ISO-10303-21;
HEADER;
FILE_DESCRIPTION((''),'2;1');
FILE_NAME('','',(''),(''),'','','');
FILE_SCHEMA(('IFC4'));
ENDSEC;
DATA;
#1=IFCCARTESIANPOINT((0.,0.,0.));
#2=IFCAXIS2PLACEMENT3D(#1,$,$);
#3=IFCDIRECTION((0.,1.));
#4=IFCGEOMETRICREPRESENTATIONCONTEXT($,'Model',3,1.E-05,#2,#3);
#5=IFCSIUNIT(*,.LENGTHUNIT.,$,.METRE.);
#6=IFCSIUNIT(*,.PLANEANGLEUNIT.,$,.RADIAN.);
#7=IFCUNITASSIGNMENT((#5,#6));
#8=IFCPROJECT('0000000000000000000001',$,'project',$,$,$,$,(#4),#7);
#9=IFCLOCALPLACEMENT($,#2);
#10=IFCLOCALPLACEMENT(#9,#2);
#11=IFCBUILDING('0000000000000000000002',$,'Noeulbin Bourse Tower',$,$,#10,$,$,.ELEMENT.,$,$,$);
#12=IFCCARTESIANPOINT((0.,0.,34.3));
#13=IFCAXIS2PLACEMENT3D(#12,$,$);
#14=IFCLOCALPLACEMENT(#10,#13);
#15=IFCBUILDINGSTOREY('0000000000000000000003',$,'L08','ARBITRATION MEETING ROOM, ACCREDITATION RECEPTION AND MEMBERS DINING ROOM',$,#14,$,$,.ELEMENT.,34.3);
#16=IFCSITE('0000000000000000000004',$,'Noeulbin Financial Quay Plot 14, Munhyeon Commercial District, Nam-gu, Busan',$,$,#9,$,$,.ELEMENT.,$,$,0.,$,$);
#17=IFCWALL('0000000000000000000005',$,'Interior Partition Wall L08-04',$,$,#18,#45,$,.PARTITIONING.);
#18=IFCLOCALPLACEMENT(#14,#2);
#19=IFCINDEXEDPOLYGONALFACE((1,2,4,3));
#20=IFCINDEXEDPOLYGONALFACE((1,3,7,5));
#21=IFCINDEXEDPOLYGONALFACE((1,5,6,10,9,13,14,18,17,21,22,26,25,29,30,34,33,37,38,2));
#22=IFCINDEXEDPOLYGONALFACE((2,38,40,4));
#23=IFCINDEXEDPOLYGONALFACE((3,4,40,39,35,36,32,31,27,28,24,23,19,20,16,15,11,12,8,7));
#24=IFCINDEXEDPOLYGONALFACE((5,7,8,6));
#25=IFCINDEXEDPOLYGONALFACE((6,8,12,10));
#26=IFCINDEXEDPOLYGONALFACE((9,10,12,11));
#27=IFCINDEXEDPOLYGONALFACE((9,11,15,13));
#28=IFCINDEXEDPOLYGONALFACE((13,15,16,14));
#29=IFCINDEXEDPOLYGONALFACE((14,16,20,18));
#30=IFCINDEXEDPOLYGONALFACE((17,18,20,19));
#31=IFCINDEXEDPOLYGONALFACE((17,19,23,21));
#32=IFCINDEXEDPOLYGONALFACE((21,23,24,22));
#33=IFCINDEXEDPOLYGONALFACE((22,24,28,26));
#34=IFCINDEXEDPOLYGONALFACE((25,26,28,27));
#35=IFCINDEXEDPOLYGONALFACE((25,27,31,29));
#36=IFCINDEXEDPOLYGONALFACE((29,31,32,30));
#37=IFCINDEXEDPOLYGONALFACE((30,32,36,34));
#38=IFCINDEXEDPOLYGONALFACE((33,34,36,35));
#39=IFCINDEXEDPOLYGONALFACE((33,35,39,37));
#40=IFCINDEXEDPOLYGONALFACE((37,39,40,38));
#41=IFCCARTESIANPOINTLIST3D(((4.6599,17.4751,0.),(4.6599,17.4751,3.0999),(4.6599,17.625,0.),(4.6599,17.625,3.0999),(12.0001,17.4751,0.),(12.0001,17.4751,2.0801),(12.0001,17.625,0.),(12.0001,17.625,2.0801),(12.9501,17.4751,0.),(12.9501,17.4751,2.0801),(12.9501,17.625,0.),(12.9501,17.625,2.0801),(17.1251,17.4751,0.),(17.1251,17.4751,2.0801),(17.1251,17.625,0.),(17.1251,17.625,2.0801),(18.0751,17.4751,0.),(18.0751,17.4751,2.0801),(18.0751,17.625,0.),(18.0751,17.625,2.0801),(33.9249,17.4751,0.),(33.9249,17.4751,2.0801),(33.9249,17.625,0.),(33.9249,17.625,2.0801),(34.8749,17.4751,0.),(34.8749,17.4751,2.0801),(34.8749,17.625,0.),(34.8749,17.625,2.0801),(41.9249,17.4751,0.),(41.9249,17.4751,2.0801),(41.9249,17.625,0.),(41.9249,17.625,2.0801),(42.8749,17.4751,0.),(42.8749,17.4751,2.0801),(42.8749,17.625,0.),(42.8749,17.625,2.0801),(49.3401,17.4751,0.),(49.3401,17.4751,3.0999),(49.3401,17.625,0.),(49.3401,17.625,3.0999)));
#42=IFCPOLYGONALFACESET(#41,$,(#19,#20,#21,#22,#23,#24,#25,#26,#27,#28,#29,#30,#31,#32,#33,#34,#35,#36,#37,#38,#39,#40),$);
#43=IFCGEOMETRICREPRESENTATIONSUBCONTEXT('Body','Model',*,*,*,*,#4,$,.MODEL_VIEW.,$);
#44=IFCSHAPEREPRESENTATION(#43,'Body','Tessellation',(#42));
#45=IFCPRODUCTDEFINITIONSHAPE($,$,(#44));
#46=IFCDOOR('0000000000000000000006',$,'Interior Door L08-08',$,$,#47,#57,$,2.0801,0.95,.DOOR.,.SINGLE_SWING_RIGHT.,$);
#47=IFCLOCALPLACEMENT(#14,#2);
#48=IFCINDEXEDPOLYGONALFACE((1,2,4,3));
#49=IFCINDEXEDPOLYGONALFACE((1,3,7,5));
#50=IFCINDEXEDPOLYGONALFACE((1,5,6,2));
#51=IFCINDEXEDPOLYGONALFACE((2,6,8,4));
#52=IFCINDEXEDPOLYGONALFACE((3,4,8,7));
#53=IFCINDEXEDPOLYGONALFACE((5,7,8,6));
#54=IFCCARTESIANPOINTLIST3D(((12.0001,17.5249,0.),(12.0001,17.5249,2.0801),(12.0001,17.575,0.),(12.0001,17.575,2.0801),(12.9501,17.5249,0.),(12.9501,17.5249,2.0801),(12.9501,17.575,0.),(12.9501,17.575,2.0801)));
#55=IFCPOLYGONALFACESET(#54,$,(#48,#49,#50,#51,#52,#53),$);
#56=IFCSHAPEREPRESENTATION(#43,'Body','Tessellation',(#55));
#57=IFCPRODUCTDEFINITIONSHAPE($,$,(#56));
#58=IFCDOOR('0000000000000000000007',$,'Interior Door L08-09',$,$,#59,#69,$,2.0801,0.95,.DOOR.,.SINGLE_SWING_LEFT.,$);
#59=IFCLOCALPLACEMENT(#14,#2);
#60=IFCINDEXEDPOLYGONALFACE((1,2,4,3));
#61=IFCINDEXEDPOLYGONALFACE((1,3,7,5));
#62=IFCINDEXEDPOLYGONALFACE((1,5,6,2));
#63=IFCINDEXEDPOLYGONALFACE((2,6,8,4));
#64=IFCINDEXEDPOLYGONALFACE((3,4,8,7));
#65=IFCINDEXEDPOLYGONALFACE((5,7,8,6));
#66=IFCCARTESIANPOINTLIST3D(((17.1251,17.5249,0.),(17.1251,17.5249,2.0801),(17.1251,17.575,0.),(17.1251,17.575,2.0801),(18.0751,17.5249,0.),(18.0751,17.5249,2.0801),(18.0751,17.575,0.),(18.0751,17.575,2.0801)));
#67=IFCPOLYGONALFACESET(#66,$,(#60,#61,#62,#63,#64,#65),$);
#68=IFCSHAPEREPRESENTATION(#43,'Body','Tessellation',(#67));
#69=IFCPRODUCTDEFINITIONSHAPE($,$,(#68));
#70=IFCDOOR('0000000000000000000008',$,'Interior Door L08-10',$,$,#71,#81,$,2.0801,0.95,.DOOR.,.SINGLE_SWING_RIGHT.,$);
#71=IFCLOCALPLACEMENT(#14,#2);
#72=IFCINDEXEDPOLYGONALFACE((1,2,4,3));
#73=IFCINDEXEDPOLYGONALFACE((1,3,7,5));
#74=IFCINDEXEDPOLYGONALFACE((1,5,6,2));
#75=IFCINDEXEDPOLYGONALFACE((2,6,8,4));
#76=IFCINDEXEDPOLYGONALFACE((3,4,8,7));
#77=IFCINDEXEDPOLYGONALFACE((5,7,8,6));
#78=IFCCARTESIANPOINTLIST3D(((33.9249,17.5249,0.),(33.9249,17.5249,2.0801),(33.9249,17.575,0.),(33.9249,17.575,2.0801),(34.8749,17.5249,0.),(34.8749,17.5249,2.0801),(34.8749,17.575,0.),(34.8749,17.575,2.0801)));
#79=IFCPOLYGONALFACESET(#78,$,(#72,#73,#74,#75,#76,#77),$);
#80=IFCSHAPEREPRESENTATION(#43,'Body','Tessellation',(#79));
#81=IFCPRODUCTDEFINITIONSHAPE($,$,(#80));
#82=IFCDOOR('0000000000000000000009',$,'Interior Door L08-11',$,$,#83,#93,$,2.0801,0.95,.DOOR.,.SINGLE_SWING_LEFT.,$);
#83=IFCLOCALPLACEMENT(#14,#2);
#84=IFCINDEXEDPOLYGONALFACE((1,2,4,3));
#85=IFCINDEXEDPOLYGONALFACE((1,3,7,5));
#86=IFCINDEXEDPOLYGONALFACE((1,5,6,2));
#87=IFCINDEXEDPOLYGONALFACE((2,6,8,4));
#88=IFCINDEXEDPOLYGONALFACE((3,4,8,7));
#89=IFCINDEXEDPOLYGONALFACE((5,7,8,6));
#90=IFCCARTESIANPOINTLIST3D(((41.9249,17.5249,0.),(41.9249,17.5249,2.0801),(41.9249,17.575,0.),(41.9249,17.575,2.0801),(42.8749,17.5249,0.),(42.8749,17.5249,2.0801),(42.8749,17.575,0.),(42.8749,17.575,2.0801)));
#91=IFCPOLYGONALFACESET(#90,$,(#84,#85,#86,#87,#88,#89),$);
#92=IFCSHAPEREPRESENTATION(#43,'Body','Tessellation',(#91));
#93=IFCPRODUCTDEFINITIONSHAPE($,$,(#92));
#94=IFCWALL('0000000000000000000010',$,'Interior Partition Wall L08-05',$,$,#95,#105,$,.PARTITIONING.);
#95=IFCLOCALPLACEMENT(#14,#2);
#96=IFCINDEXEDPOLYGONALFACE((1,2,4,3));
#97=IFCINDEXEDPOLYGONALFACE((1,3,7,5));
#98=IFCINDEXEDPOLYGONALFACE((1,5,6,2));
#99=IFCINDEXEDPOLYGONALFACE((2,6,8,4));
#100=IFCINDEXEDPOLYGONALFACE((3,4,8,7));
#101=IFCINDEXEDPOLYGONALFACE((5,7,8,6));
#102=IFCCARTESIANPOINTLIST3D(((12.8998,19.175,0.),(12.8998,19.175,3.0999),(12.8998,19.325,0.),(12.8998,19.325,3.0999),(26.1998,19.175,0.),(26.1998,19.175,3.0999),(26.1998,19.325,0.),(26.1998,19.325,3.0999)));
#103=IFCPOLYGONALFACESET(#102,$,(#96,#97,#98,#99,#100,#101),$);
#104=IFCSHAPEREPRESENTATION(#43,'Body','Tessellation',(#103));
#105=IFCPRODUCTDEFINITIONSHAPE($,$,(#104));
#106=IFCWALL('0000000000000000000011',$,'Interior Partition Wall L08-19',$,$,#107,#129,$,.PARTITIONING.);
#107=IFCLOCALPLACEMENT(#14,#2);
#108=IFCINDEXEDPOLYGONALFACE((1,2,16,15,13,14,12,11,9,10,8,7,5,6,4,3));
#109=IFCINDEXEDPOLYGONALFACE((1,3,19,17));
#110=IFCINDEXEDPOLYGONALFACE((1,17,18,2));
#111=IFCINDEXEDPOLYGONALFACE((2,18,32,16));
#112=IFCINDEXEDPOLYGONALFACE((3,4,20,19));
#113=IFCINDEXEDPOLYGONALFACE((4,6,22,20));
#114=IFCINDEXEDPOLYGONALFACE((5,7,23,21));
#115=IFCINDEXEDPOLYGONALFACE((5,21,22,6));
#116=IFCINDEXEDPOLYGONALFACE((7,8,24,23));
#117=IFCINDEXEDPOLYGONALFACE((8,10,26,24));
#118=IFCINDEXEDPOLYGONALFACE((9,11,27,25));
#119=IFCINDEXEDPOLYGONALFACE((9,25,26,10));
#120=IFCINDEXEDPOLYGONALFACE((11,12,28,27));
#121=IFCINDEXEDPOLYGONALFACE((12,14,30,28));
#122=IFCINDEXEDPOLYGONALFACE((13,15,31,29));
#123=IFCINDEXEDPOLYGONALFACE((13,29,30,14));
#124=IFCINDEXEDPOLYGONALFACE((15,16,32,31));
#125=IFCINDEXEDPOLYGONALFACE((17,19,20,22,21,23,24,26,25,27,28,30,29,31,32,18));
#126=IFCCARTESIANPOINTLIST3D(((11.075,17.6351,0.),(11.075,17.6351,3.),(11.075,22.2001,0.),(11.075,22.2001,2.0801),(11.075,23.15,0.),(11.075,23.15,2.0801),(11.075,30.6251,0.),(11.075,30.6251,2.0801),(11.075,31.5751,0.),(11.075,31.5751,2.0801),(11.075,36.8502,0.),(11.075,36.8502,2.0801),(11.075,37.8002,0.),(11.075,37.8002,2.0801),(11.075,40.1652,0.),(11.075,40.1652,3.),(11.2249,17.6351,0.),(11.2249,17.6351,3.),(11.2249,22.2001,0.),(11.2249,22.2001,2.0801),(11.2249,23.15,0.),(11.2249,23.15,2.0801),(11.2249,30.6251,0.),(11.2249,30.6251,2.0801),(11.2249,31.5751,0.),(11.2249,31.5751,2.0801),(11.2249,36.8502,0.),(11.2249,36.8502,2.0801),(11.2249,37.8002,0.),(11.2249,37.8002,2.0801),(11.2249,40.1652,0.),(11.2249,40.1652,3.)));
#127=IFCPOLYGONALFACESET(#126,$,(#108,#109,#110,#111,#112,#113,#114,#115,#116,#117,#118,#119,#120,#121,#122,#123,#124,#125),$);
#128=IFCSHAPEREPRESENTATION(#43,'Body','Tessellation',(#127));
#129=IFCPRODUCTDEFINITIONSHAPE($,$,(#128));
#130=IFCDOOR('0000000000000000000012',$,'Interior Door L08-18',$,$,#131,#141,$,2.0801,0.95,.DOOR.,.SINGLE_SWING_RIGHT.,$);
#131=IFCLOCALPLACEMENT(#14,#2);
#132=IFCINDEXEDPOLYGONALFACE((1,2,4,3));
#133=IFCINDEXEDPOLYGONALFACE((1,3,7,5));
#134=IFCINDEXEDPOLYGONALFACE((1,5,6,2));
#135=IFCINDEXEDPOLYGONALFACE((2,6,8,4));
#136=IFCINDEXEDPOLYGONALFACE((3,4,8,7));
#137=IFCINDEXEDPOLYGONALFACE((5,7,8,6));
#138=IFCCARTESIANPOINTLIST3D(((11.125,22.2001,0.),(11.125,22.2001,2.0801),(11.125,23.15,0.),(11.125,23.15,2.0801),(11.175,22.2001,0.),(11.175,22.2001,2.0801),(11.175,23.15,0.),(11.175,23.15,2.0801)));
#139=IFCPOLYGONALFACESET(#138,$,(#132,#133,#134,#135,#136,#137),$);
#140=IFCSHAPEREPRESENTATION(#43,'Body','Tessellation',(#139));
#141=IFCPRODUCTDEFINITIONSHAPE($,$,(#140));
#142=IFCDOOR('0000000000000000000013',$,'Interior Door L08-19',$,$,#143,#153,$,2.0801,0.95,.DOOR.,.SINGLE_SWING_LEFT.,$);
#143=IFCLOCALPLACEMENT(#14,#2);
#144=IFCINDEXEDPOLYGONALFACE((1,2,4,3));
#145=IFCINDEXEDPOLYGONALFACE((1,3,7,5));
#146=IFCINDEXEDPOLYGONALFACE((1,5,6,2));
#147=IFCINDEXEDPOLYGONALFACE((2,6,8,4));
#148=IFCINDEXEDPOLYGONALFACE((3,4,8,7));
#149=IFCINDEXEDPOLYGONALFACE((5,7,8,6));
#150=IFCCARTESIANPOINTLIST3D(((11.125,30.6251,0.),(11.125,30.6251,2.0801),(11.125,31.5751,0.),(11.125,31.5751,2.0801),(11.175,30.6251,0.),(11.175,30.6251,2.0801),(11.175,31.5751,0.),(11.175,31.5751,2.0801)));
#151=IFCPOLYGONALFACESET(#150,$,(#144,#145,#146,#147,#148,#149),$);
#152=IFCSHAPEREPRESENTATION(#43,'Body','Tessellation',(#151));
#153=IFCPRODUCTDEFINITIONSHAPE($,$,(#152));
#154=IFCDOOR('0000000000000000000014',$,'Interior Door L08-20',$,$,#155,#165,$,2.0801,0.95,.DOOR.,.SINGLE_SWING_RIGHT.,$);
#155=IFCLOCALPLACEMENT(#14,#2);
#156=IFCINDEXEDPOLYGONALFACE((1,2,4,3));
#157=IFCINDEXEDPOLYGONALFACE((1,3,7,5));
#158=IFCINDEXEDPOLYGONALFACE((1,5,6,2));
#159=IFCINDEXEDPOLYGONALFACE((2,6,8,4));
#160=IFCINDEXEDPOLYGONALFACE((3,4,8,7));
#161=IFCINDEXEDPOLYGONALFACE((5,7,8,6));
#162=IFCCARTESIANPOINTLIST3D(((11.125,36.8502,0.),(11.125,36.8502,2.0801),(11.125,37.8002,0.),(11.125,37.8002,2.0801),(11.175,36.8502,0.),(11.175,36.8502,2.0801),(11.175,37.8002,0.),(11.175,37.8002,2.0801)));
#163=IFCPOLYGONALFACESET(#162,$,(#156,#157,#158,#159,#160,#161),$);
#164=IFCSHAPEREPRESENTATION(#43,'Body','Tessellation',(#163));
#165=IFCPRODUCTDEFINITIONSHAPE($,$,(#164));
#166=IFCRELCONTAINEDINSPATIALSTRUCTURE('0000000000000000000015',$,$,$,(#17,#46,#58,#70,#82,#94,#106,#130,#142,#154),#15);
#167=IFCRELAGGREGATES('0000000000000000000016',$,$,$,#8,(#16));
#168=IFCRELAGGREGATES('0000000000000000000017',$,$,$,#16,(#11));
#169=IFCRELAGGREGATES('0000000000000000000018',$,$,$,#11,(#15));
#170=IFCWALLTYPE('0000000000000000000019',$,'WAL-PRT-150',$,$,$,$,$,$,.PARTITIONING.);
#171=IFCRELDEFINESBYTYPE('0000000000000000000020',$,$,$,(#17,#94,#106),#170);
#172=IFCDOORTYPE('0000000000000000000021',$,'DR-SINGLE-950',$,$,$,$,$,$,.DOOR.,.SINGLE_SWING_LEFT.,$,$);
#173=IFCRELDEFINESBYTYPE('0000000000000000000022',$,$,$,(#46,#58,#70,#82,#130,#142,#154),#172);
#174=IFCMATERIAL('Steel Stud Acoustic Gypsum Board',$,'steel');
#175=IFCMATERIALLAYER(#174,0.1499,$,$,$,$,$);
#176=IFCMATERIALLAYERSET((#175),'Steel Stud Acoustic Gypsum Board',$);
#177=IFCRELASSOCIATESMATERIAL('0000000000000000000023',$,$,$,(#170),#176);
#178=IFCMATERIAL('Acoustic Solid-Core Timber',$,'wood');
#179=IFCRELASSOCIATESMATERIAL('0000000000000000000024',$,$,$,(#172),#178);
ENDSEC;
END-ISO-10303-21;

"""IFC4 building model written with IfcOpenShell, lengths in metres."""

from ifc_helpers import new_model, si_unit, direction, frame, frame_2d, origin, place, context, subcontext, project, spatial, rectangle, extrude, material, layer, layer_set, type_object, element, fill, save


model = new_model("IFC4")

# Units and contexts
model_context = context("Model", 3, precision=1e-05, world=origin(), true_north=direction((0.0, 1.0)))
body_context = subcontext(model_context, "Body", "Model", "MODEL_VIEW")
ifc_project = project(units=[si_unit("LENGTHUNIT", "METRE"), si_unit("PLANEANGLEUNIT", "RADIAN")], contexts=[model_context])

# Site, building, storey
site_placement = place(None, origin())
site = spatial("IfcSite", under=ifc_project, at=site_placement, Name="Noeulbin Financial Quay Plot 14, Munhyeon Commercial District, Nam-gu, Busan", CompositionType="ELEMENT", RefElevation=0.0)
building_placement = place(site_placement, origin())
building = spatial("IfcBuilding", under=site, at=building_placement, Name="Noeulbin Bourse Tower", CompositionType="ELEMENT")
storey_placement = place(building_placement, frame((0.0, 0.0, 34.3)))
storey = spatial("IfcBuildingStorey", under=building, at=storey_placement, Name="L08", Description="ARBITRATION MEETING ROOM, ACCREDITATION RECEPTION AND MEMBERS DINING ROOM", CompositionType="ELEMENT", Elevation=34.3)

# Wall, openings, doors
ifc_material_1 = material(Name="Steel Stud Acoustic Gypsum Board", Category="steel")
ifc_layer_1 = layer(ifc_material_1, 0.1499)
ifc_layer_set_1 = layer_set([ifc_layer_1], Name="Steel Stud Acoustic Gypsum Board")
wall_type = type_object("IfcWallType", Name="WAL-PRT-150", PredefinedType="PARTITIONING", material=ifc_layer_set_1)
wall_1_placement = place(storey_placement, frame((4.6599, 17.55, 0.0), z_axis=(0.0, 0.0, 1.0), x_axis=(1.0, 0.0, 0.0)))
wall_1 = element("IfcWall", 1, at=wall_1_placement, inside=storey, type_object=wall_type, Name="Interior Partition Wall L08-04", PredefinedType="PARTITIONING", context=body_context, shape_type="SweptSolid", body=[
    extrude(rectangle(XDim=44.6802, YDim=0.1499, at=frame_2d((22.3401, 0.0))), origin(), (0.0, 0.0, 1.0), 3.0999),
])
opening_1_placement = place(wall_1_placement, frame((7.3401, 0.0, 0.0)))
opening_1 = element("IfcOpeningElement", 2, at=opening_1_placement, cuts=wall_1, PredefinedType="OPENING", context=body_context, shape_type="SweptSolid", body=[
    extrude(rectangle(XDim=0.95, YDim=2.0801, at=frame_2d((0.4751, 1.04))), frame((0.0, 0.085, 0.0), z_axis=(0.0, -1.0, 0.0), x_axis=(1.0, 0.0, 0.0)), (0.0, 0.0, 1.0), 0.1699),
])
opening_2_placement = place(wall_1_placement, frame((12.4651, 0.0, 0.0)))
opening_2 = element("IfcOpeningElement", 3, at=opening_2_placement, cuts=wall_1, PredefinedType="OPENING", context=body_context, shape_type="SweptSolid", body=[
    extrude(rectangle(XDim=0.95, YDim=2.0801, at=frame_2d((0.4751, 1.04))), frame((0.0, 0.085, 0.0), z_axis=(0.0, -1.0, 0.0), x_axis=(1.0, 0.0, 0.0)), (0.0, 0.0, 1.0), 0.1699),
])
opening_3_placement = place(wall_1_placement, frame((29.2649, 0.0, 0.0)))
opening_3 = element("IfcOpeningElement", 4, at=opening_3_placement, cuts=wall_1, PredefinedType="OPENING", context=body_context, shape_type="SweptSolid", body=[
    extrude(rectangle(XDim=0.95, YDim=2.0801, at=frame_2d((0.4751, 1.04))), frame((0.0, 0.085, 0.0), z_axis=(0.0, -1.0, 0.0), x_axis=(1.0, 0.0, 0.0)), (0.0, 0.0, 1.0), 0.1699),
])
opening_4_placement = place(wall_1_placement, frame((37.2649, 0.0, 0.0)))
opening_4 = element("IfcOpeningElement", 5, at=opening_4_placement, cuts=wall_1, PredefinedType="OPENING", context=body_context, shape_type="SweptSolid", body=[
    extrude(rectangle(XDim=0.95, YDim=2.0801, at=frame_2d((0.4751, 1.04))), frame((0.0, 0.085, 0.0), z_axis=(0.0, -1.0, 0.0), x_axis=(1.0, 0.0, 0.0)), (0.0, 0.0, 1.0), 0.1699),
])
ifc_material_2 = material(Name="Acoustic Solid-Core Timber", Category="wood")
door_type = type_object("IfcDoorType", Name="DR-SINGLE-950", OperationType="SINGLE_SWING_LEFT", PredefinedType="DOOR", material=ifc_material_2)
door_1_placement = place(opening_1_placement, origin())
door_1 = element("IfcDoor", 6, at=door_1_placement, inside=storey, type_object=door_type, Name="Interior Door L08-08", OperationType="SINGLE_SWING_RIGHT", OverallHeight=2.0801, OverallWidth=0.95, PredefinedType="DOOR", context=body_context, shape_type="SweptSolid", body=[
    extrude(rectangle(XDim=0.95, YDim=2.0801, at=frame_2d((0.4751, 1.04))), frame((0.0, 0.0249, 0.0), z_axis=(0.0, -1.0, 0.0), x_axis=(1.0, 0.0, 0.0)), (0.0, 0.0, 1.0), 0.05),
])
fill(opening_1, door_1)
door_2_placement = place(opening_2_placement, origin())
door_2 = element("IfcDoor", 7, at=door_2_placement, inside=storey, type_object=door_type, Name="Interior Door L08-09", OperationType="SINGLE_SWING_LEFT", OverallHeight=2.0801, OverallWidth=0.95, PredefinedType="DOOR", context=body_context, shape_type="SweptSolid", body=[
    extrude(rectangle(XDim=0.95, YDim=2.0801, at=frame_2d((0.4751, 1.04))), frame((0.0, 0.0249, 0.0), z_axis=(0.0, -1.0, 0.0), x_axis=(1.0, 0.0, 0.0)), (0.0, 0.0, 1.0), 0.05),
])
fill(opening_2, door_2)
door_3_placement = place(opening_3_placement, origin())
door_3 = element("IfcDoor", 8, at=door_3_placement, inside=storey, type_object=door_type, Name="Interior Door L08-10", OperationType="SINGLE_SWING_RIGHT", OverallHeight=2.0801, OverallWidth=0.95, PredefinedType="DOOR", context=body_context, shape_type="SweptSolid", body=[
    extrude(rectangle(XDim=0.95, YDim=2.0801, at=frame_2d((0.4751, 1.04))), frame((0.0, 0.0249, 0.0), z_axis=(0.0, -1.0, 0.0), x_axis=(1.0, 0.0, 0.0)), (0.0, 0.0, 1.0), 0.05),
])
fill(opening_3, door_3)
door_4_placement = place(opening_4_placement, origin())
door_4 = element("IfcDoor", 9, at=door_4_placement, inside=storey, type_object=door_type, Name="Interior Door L08-11", OperationType="SINGLE_SWING_LEFT", OverallHeight=2.0801, OverallWidth=0.95, PredefinedType="DOOR", context=body_context, shape_type="SweptSolid", body=[
    extrude(rectangle(XDim=0.95, YDim=2.0801, at=frame_2d((0.4751, 1.04))), frame((0.0, 0.0249, 0.0), z_axis=(0.0, -1.0, 0.0), x_axis=(1.0, 0.0, 0.0)), (0.0, 0.0, 1.0), 0.05),
])
fill(opening_4, door_4)

# Wall
wall_2_placement = place(storey_placement, frame((12.8999, 19.25, 0.0), z_axis=(0.0, 0.0, 1.0), x_axis=(1.0, 0.0, 0.0)))
element("IfcWall", 10, at=wall_2_placement, inside=storey, type_object=wall_type, Name="Interior Partition Wall L08-05", PredefinedType="PARTITIONING", context=body_context, shape_type="SweptSolid", body=[
    extrude(rectangle(XDim=13.3, YDim=0.1499, at=frame_2d((6.6499, 0.0))), origin(), (0.0, 0.0, 1.0), 3.0999),
])

# Wall, openings, doors
wall_3_placement = place(storey_placement, frame((11.1499, 17.635, 0.0), z_axis=(0.0, 0.0, 1.0), x_axis=(0.0, 1.0, 0.0)))
wall_3 = element("IfcWall", 11, at=wall_3_placement, inside=storey, type_object=wall_type, Name="Interior Partition Wall L08-19", PredefinedType="PARTITIONING", context=body_context, shape_type="SweptSolid", body=[
    extrude(rectangle(XDim=22.53, YDim=0.1499, at=frame_2d((11.2651, 0.0))), origin(), (0.0, 0.0, 1.0), 3.0),
])
opening_5_placement = place(wall_3_placement, frame((4.5649, 0.0, 0.0)))
opening_5 = element("IfcOpeningElement", 12, at=opening_5_placement, cuts=wall_3, PredefinedType="OPENING", context=body_context, shape_type="SweptSolid", body=[
    extrude(rectangle(XDim=0.95, YDim=2.0801, at=frame_2d((0.4751, 1.04))), frame((0.0, 0.085, 0.0), z_axis=(0.0, -1.0, 0.0), x_axis=(1.0, 0.0, 0.0)), (0.0, 0.0, 1.0), 0.1699),
])
opening_6_placement = place(wall_3_placement, frame((12.99, 0.0, 0.0)))
opening_6 = element("IfcOpeningElement", 13, at=opening_6_placement, cuts=wall_3, PredefinedType="OPENING", context=body_context, shape_type="SweptSolid", body=[
    extrude(rectangle(XDim=0.95, YDim=2.0801, at=frame_2d((0.4751, 1.04))), frame((0.0, 0.085, 0.0), z_axis=(0.0, -1.0, 0.0), x_axis=(1.0, 0.0, 0.0)), (0.0, 0.0, 1.0), 0.1699),
])
opening_7_placement = place(wall_3_placement, frame((19.2151, 0.0, 0.0)))
opening_7 = element("IfcOpeningElement", 14, at=opening_7_placement, cuts=wall_3, PredefinedType="OPENING", context=body_context, shape_type="SweptSolid", body=[
    extrude(rectangle(XDim=0.95, YDim=2.0801, at=frame_2d((0.4751, 1.04))), frame((0.0, 0.085, 0.0), z_axis=(0.0, -1.0, 0.0), x_axis=(1.0, 0.0, 0.0)), (0.0, 0.0, 1.0), 0.1699),
])
door_5_placement = place(opening_5_placement, origin())
door_5 = element("IfcDoor", 15, at=door_5_placement, inside=storey, type_object=door_type, Name="Interior Door L08-18", OperationType="SINGLE_SWING_RIGHT", OverallHeight=2.0801, OverallWidth=0.95, PredefinedType="DOOR", context=body_context, shape_type="SweptSolid", body=[
    extrude(rectangle(XDim=0.95, YDim=2.0801, at=frame_2d((0.4751, 1.04))), frame((0.0, 0.0249, 0.0), z_axis=(0.0, -1.0, 0.0), x_axis=(1.0, 0.0, 0.0)), (0.0, 0.0, 1.0), 0.05),
])
fill(opening_5, door_5)
door_6_placement = place(opening_6_placement, origin())
door_6 = element("IfcDoor", 16, at=door_6_placement, inside=storey, type_object=door_type, Name="Interior Door L08-19", OperationType="SINGLE_SWING_LEFT", OverallHeight=2.0801, OverallWidth=0.95, PredefinedType="DOOR", context=body_context, shape_type="SweptSolid", body=[
    extrude(rectangle(XDim=0.95, YDim=2.0801, at=frame_2d((0.4751, 1.04))), frame((0.0, 0.0249, 0.0), z_axis=(0.0, -1.0, 0.0), x_axis=(1.0, 0.0, 0.0)), (0.0, 0.0, 1.0), 0.05),
])
fill(opening_6, door_6)
door_7_placement = place(opening_7_placement, origin())
door_7 = element("IfcDoor", 17, at=door_7_placement, inside=storey, type_object=door_type, Name="Interior Door L08-20", OperationType="SINGLE_SWING_RIGHT", OverallHeight=2.0801, OverallWidth=0.95, PredefinedType="DOOR", context=body_context, shape_type="SweptSolid", body=[
    extrude(rectangle(XDim=0.95, YDim=2.0801, at=frame_2d((0.4751, 1.04))), frame((0.0, 0.0249, 0.0), z_axis=(0.0, -1.0, 0.0), x_axis=(1.0, 0.0, 0.0)), (0.0, 0.0, 1.0), 0.05),
])
fill(opening_7, door_7)

save(model, "model.ifc")
